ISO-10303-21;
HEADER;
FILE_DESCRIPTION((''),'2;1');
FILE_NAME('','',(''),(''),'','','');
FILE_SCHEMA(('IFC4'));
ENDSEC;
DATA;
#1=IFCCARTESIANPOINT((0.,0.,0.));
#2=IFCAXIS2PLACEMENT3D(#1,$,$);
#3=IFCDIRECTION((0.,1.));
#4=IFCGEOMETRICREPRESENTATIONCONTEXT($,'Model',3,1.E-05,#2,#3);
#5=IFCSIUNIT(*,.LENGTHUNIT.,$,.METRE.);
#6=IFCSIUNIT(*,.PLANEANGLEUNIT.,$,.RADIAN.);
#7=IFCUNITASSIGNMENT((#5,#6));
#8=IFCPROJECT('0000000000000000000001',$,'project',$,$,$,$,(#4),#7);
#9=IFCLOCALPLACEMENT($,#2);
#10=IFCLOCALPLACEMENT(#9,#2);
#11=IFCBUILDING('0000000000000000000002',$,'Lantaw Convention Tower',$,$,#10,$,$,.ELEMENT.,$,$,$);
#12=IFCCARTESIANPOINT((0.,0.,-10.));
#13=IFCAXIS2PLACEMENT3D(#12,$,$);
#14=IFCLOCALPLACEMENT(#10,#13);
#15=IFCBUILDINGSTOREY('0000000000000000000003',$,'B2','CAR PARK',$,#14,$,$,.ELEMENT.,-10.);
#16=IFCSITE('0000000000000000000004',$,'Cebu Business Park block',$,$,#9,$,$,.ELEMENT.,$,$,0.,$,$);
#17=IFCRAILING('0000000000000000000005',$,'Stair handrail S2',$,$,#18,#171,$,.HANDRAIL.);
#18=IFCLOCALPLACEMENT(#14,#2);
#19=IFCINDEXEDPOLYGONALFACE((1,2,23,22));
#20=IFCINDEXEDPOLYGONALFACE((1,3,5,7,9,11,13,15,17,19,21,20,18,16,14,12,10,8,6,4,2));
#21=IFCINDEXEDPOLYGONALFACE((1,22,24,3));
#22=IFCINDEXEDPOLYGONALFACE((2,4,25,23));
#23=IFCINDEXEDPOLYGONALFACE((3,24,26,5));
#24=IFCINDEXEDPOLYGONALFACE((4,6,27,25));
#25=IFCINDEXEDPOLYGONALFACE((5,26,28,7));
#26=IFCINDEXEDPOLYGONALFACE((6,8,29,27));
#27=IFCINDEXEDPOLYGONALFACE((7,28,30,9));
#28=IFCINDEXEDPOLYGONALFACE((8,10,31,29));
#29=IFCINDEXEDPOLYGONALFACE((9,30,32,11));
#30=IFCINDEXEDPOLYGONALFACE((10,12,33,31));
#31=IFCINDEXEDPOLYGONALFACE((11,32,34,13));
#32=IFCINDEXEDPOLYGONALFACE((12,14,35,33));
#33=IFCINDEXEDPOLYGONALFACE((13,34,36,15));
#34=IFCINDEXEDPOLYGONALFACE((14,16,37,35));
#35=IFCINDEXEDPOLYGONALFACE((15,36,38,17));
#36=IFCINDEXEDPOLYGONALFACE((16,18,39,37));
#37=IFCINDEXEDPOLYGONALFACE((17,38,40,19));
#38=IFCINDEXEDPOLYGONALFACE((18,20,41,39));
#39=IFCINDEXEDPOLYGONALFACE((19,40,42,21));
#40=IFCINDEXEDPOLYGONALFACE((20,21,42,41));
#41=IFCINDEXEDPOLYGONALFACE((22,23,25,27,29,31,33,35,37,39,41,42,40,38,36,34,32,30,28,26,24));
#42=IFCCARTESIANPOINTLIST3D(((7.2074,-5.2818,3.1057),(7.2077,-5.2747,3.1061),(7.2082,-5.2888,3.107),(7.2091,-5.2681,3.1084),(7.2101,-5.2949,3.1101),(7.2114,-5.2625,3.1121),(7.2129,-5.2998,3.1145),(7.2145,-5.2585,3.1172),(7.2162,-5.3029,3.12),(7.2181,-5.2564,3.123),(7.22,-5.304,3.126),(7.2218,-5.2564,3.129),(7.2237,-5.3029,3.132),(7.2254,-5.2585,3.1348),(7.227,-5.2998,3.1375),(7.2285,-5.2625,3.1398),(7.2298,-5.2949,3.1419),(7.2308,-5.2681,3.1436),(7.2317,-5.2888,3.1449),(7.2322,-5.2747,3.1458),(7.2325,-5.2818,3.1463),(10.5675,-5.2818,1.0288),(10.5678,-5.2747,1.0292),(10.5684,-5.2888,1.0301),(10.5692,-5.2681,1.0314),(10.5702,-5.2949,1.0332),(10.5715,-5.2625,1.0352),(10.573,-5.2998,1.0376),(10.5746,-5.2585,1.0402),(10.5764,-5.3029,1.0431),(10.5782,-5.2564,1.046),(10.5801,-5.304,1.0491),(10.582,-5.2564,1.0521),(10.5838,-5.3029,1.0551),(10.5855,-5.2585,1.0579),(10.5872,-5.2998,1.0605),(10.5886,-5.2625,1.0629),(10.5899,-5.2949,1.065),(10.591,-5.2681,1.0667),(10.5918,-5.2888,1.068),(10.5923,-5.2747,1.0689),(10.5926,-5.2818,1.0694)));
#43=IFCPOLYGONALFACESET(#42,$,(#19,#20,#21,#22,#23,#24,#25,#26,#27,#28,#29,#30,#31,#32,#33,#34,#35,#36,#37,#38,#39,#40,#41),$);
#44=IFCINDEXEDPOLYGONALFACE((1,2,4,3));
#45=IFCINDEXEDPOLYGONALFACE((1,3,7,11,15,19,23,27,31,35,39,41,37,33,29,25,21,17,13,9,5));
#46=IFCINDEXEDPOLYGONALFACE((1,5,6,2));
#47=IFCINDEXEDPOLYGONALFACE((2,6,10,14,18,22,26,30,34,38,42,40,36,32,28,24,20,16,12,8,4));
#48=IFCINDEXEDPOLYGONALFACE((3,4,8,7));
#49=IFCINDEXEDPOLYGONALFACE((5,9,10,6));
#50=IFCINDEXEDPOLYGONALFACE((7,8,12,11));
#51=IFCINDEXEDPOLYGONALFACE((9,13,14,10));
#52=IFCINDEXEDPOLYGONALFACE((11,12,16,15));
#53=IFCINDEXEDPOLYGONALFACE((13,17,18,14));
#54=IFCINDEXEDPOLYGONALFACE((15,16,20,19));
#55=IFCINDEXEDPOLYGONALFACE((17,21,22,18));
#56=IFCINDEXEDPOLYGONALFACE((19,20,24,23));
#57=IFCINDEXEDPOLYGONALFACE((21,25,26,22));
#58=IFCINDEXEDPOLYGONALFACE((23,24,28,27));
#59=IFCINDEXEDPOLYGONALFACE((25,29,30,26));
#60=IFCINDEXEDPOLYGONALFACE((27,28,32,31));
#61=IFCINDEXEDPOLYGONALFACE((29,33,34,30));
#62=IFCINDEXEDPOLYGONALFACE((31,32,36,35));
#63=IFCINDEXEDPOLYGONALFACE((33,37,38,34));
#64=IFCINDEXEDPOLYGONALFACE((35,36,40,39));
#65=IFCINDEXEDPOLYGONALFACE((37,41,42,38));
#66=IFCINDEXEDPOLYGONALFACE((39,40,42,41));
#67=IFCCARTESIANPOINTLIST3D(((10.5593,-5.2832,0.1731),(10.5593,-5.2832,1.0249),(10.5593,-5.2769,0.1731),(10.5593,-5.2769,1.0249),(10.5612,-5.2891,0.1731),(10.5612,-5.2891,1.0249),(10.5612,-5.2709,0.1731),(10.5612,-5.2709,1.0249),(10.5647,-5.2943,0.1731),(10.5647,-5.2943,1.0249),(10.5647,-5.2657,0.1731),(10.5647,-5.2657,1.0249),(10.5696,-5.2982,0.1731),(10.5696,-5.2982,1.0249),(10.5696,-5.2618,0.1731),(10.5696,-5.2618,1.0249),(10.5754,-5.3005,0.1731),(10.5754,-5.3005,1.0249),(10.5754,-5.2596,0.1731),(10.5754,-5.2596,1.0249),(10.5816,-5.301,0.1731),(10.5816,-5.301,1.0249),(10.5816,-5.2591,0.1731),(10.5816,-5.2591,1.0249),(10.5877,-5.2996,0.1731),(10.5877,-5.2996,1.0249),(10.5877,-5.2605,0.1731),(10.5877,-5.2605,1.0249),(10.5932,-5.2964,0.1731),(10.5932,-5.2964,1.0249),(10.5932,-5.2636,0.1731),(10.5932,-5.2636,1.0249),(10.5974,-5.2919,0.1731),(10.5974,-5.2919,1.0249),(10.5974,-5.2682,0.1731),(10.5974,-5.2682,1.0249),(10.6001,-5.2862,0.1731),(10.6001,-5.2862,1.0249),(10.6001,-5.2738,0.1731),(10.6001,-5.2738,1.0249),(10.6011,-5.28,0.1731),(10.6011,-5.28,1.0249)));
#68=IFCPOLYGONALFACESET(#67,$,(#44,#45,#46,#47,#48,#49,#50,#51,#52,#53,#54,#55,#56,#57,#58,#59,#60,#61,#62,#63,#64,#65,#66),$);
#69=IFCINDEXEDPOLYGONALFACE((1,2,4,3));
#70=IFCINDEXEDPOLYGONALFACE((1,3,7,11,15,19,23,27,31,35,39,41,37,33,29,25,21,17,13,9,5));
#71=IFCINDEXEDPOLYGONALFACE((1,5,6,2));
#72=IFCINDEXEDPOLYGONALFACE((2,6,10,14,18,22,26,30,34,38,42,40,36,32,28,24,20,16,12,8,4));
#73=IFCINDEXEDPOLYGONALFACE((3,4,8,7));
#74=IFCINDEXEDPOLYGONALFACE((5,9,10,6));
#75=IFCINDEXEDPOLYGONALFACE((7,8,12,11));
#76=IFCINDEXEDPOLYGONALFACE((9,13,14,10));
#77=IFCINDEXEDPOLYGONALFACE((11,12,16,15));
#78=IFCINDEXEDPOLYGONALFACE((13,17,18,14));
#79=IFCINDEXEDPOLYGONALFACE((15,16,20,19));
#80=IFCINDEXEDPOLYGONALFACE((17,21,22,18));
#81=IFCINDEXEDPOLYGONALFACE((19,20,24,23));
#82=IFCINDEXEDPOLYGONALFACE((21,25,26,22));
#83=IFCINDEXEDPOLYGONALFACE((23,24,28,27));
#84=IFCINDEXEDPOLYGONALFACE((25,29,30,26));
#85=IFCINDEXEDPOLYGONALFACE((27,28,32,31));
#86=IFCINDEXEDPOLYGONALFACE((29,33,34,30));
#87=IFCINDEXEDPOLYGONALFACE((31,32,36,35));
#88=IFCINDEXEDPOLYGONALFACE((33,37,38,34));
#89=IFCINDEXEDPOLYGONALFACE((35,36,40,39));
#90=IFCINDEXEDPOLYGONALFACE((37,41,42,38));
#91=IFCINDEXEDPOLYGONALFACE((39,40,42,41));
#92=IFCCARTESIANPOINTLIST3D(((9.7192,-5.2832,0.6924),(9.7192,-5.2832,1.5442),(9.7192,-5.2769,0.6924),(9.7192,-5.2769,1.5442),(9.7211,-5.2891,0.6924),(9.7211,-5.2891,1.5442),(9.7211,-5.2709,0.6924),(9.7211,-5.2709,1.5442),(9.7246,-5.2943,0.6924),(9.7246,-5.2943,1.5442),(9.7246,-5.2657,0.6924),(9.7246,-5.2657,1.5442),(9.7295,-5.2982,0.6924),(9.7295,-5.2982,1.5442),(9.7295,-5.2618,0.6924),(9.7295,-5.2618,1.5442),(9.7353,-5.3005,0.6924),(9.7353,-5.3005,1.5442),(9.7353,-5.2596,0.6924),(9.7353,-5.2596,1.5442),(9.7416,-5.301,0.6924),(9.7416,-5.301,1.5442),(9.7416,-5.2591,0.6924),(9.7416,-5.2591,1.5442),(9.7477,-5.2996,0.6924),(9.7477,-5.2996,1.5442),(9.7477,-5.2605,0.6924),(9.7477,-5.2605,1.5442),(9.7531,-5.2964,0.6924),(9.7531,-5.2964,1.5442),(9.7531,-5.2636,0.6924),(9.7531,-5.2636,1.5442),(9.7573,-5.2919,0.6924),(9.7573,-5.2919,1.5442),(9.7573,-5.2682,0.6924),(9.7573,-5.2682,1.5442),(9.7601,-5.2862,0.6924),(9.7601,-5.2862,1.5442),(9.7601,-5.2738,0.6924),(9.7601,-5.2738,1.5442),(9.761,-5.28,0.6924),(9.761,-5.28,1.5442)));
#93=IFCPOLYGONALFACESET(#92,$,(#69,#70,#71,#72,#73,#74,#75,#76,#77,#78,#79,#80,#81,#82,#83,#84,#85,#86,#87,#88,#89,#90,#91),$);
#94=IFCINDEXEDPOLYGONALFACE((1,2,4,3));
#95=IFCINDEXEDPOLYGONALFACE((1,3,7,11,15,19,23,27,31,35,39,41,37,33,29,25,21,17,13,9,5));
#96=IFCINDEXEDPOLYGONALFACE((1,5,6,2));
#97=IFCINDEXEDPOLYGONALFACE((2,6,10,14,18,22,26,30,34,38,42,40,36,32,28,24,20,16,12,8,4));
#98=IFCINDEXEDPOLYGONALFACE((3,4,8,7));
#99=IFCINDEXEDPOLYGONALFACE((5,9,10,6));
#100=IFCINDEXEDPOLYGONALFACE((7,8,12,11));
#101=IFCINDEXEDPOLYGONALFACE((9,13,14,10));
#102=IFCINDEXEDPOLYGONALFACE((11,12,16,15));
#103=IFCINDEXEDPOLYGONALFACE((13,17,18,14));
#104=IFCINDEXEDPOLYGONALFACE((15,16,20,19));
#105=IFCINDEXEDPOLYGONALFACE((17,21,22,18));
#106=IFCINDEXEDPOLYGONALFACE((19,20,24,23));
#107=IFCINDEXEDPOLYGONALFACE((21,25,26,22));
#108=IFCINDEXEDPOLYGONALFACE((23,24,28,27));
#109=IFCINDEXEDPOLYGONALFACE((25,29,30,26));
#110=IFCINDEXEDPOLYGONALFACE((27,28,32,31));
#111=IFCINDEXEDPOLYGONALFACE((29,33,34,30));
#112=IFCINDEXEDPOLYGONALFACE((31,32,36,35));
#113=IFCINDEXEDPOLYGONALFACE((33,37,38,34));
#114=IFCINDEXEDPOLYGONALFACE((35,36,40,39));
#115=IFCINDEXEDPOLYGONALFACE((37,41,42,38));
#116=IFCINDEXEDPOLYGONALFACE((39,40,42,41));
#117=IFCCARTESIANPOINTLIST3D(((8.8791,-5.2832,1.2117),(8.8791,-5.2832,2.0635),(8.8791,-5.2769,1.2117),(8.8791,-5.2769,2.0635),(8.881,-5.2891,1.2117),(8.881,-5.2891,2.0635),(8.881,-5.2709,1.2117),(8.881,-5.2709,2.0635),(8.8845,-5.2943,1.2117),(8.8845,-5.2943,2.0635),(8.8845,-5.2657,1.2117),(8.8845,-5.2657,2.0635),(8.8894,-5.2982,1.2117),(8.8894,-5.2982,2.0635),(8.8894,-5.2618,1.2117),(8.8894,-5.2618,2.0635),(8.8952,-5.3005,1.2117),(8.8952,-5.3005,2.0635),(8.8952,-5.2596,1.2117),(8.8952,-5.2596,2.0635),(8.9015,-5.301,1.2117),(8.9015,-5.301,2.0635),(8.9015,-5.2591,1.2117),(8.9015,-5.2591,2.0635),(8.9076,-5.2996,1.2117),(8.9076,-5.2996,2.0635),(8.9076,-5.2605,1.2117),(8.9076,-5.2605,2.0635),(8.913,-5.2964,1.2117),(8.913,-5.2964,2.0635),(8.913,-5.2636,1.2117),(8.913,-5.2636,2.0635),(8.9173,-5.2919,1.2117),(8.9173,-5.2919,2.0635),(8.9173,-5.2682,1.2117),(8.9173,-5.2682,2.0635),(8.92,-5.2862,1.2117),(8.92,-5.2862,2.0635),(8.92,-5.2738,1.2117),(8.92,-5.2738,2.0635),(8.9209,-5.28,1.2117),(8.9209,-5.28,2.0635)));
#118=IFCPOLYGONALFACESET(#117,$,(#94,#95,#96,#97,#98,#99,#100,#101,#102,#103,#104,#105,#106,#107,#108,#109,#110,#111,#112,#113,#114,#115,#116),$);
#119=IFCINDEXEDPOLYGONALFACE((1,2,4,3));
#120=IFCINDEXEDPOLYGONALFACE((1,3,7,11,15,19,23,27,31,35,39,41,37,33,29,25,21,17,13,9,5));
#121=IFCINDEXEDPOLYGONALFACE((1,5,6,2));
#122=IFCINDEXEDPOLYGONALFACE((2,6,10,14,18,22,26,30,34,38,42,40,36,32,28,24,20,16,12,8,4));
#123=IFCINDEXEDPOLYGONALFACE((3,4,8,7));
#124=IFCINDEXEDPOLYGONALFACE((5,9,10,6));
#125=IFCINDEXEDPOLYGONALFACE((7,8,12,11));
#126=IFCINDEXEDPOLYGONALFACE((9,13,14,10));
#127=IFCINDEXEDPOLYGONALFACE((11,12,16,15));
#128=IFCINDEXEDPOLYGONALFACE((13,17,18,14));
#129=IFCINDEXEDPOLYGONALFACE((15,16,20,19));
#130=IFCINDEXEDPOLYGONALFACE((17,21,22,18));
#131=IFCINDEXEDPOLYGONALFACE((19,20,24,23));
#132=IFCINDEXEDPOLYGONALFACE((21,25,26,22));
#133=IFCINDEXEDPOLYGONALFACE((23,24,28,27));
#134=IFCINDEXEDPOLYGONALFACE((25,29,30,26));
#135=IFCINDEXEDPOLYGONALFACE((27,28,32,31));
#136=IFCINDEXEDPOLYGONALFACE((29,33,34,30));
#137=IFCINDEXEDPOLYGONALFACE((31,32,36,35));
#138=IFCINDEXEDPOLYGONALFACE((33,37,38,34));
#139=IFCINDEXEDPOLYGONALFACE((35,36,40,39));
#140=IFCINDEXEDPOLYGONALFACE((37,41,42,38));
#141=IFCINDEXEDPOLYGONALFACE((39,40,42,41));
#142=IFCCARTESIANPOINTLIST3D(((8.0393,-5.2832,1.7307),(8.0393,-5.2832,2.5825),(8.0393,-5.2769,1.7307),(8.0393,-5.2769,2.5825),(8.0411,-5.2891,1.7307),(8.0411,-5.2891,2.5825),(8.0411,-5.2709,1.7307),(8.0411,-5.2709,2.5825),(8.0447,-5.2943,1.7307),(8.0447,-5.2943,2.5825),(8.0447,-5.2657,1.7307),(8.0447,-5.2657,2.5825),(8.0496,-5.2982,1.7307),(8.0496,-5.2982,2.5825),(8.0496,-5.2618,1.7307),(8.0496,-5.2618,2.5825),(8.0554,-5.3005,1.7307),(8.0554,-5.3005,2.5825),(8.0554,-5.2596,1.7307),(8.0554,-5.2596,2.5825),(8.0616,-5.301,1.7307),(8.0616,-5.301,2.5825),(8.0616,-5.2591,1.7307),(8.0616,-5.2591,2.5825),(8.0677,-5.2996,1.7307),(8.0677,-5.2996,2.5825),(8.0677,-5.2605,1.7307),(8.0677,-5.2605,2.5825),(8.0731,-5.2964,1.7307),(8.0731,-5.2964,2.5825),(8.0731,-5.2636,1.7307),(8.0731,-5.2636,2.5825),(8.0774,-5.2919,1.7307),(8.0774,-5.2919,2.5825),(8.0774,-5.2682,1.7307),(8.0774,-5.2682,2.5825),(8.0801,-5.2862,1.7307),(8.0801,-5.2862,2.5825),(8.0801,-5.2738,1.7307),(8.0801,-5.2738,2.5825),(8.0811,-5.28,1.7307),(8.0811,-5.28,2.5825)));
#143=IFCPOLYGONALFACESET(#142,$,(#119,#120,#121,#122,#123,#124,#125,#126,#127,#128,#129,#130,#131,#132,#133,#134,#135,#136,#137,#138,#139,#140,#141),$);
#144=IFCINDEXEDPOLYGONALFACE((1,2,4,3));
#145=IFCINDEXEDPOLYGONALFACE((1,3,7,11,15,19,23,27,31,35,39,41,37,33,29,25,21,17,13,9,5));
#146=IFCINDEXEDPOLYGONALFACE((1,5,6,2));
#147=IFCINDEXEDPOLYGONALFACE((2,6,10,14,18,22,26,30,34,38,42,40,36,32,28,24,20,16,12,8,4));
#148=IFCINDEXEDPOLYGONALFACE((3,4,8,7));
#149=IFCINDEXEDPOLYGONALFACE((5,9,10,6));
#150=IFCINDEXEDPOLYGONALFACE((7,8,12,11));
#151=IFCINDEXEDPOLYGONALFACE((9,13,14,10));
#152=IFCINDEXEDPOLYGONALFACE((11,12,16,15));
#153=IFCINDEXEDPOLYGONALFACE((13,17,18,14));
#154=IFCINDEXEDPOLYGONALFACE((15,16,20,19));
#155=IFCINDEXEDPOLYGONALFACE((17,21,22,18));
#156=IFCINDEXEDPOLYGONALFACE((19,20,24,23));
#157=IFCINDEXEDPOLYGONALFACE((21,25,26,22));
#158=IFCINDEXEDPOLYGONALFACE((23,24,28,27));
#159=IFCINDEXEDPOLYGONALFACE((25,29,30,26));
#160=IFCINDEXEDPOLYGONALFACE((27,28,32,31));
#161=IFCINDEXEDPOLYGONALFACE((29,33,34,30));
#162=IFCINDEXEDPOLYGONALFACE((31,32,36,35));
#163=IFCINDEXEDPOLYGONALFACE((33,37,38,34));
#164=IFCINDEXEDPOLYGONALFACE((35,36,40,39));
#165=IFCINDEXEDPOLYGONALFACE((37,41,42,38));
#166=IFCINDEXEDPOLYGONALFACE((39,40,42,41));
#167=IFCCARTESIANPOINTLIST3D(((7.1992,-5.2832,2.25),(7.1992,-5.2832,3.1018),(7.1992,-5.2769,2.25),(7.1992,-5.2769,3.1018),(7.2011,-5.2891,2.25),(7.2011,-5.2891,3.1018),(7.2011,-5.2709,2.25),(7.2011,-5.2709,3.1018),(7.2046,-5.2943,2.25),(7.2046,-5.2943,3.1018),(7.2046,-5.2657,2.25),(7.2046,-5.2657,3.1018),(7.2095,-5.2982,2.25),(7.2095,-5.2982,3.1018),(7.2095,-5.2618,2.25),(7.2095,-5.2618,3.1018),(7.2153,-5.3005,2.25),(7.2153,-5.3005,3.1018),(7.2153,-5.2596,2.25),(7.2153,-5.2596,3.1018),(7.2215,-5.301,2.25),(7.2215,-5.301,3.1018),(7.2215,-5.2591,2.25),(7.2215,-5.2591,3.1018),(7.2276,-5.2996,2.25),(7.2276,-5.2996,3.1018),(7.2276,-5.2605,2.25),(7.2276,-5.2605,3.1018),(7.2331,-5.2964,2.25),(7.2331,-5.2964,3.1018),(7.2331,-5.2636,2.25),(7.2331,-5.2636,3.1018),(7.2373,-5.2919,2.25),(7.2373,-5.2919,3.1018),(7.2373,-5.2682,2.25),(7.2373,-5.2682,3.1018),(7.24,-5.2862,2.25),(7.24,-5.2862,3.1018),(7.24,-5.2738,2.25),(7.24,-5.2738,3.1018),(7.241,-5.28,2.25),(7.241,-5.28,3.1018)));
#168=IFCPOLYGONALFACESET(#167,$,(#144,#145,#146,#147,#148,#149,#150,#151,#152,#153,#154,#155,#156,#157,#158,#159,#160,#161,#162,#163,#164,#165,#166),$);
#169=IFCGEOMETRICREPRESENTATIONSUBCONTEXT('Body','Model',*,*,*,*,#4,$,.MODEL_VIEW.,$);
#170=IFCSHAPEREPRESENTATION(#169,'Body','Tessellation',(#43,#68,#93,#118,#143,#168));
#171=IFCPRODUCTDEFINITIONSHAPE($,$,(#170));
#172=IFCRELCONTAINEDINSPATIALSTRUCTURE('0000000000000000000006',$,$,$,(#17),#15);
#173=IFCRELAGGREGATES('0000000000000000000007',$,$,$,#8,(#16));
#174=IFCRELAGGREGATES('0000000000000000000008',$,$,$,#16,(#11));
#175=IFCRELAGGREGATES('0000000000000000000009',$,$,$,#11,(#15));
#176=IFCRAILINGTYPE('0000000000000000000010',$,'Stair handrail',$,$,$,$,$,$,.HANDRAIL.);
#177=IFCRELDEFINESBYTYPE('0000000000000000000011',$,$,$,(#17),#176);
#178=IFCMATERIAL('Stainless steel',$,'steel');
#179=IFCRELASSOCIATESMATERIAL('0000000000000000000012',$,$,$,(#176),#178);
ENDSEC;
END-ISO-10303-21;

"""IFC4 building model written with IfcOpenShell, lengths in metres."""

from ifc_helpers import new_model, si_unit, direction, frame, origin, origin_2d, place, context, subcontext, project, spatial, circle, extrude, material, type_object, element, save


model = new_model("IFC4")

# Units and contexts
model_context = context("Model", 3, precision=1e-05, world=origin(), true_north=direction((0.0, 1.0)))
body_context = subcontext(model_context, "Body", "Model", "MODEL_VIEW")
ifc_project = project(units=[si_unit("LENGTHUNIT", "METRE"), si_unit("PLANEANGLEUNIT", "RADIAN")], contexts=[model_context])

# Site, building, storey
site_placement = place(None, origin())
site = spatial("IfcSite", under=ifc_project, at=site_placement, Name="Cebu Business Park block", CompositionType="ELEMENT", RefElevation=0.0)
building_placement = place(site_placement, origin())
building = spatial("IfcBuilding", under=site, at=building_placement, Name="Lantaw Convention Tower", CompositionType="ELEMENT")
storey_placement = place(building_placement, frame((0.0, 0.0, -10.0)))
storey = spatial("IfcBuildingStorey", under=building, at=storey_placement, Name="B2", Description="CAR PARK", CompositionType="ELEMENT", Elevation=-10.0)

# Railing
ifc_material_1 = material(Name="Stainless steel", Category="steel")
railing_type = type_object("IfcRailingType", Name="Stair handrail", PredefinedType="HANDRAIL", material=ifc_material_1)
railing_1_placement = place(storey_placement, frame((10.5801, -5.28, 0.1731)))
element("IfcRailing", 1, at=railing_1_placement, inside=storey, type_object=railing_type, Name="Stair handrail S2", PredefinedType="HANDRAIL", context=body_context, shape_type="SweptSolid", body=[
    extrude(circle(Radius=0.0239, at=origin_2d()), frame((0.0, 0.0, 0.876), z_axis=(-0.850623, 0.0, 0.525776), x_axis=(0.0, -1.0, 0.0)), (0.0, 0.0, 1.0), 3.9502),
    extrude(circle(Radius=0.021, at=origin_2d()), origin(), (0.0, 0.0, 1.0), 0.8518),
    extrude(circle(Radius=0.021, at=origin_2d()), frame((-0.8401, 0.0, 0.5193)), (0.0, 0.0, 1.0), 0.8518),
    extrude(circle(Radius=0.021, at=origin_2d()), frame((-1.6802, 0.0, 1.0386)), (0.0, 0.0, 1.0), 0.8518),
    extrude(circle(Radius=0.021, at=origin_2d()), frame((-2.52, 0.0, 1.5576)), (0.0, 0.0, 1.0), 0.8518),
    extrude(circle(Radius=0.021, at=origin_2d()), frame((-3.3601, 0.0, 2.0769)), (0.0, 0.0, 1.0), 0.8518),
])

save(model, "model.ifc")
